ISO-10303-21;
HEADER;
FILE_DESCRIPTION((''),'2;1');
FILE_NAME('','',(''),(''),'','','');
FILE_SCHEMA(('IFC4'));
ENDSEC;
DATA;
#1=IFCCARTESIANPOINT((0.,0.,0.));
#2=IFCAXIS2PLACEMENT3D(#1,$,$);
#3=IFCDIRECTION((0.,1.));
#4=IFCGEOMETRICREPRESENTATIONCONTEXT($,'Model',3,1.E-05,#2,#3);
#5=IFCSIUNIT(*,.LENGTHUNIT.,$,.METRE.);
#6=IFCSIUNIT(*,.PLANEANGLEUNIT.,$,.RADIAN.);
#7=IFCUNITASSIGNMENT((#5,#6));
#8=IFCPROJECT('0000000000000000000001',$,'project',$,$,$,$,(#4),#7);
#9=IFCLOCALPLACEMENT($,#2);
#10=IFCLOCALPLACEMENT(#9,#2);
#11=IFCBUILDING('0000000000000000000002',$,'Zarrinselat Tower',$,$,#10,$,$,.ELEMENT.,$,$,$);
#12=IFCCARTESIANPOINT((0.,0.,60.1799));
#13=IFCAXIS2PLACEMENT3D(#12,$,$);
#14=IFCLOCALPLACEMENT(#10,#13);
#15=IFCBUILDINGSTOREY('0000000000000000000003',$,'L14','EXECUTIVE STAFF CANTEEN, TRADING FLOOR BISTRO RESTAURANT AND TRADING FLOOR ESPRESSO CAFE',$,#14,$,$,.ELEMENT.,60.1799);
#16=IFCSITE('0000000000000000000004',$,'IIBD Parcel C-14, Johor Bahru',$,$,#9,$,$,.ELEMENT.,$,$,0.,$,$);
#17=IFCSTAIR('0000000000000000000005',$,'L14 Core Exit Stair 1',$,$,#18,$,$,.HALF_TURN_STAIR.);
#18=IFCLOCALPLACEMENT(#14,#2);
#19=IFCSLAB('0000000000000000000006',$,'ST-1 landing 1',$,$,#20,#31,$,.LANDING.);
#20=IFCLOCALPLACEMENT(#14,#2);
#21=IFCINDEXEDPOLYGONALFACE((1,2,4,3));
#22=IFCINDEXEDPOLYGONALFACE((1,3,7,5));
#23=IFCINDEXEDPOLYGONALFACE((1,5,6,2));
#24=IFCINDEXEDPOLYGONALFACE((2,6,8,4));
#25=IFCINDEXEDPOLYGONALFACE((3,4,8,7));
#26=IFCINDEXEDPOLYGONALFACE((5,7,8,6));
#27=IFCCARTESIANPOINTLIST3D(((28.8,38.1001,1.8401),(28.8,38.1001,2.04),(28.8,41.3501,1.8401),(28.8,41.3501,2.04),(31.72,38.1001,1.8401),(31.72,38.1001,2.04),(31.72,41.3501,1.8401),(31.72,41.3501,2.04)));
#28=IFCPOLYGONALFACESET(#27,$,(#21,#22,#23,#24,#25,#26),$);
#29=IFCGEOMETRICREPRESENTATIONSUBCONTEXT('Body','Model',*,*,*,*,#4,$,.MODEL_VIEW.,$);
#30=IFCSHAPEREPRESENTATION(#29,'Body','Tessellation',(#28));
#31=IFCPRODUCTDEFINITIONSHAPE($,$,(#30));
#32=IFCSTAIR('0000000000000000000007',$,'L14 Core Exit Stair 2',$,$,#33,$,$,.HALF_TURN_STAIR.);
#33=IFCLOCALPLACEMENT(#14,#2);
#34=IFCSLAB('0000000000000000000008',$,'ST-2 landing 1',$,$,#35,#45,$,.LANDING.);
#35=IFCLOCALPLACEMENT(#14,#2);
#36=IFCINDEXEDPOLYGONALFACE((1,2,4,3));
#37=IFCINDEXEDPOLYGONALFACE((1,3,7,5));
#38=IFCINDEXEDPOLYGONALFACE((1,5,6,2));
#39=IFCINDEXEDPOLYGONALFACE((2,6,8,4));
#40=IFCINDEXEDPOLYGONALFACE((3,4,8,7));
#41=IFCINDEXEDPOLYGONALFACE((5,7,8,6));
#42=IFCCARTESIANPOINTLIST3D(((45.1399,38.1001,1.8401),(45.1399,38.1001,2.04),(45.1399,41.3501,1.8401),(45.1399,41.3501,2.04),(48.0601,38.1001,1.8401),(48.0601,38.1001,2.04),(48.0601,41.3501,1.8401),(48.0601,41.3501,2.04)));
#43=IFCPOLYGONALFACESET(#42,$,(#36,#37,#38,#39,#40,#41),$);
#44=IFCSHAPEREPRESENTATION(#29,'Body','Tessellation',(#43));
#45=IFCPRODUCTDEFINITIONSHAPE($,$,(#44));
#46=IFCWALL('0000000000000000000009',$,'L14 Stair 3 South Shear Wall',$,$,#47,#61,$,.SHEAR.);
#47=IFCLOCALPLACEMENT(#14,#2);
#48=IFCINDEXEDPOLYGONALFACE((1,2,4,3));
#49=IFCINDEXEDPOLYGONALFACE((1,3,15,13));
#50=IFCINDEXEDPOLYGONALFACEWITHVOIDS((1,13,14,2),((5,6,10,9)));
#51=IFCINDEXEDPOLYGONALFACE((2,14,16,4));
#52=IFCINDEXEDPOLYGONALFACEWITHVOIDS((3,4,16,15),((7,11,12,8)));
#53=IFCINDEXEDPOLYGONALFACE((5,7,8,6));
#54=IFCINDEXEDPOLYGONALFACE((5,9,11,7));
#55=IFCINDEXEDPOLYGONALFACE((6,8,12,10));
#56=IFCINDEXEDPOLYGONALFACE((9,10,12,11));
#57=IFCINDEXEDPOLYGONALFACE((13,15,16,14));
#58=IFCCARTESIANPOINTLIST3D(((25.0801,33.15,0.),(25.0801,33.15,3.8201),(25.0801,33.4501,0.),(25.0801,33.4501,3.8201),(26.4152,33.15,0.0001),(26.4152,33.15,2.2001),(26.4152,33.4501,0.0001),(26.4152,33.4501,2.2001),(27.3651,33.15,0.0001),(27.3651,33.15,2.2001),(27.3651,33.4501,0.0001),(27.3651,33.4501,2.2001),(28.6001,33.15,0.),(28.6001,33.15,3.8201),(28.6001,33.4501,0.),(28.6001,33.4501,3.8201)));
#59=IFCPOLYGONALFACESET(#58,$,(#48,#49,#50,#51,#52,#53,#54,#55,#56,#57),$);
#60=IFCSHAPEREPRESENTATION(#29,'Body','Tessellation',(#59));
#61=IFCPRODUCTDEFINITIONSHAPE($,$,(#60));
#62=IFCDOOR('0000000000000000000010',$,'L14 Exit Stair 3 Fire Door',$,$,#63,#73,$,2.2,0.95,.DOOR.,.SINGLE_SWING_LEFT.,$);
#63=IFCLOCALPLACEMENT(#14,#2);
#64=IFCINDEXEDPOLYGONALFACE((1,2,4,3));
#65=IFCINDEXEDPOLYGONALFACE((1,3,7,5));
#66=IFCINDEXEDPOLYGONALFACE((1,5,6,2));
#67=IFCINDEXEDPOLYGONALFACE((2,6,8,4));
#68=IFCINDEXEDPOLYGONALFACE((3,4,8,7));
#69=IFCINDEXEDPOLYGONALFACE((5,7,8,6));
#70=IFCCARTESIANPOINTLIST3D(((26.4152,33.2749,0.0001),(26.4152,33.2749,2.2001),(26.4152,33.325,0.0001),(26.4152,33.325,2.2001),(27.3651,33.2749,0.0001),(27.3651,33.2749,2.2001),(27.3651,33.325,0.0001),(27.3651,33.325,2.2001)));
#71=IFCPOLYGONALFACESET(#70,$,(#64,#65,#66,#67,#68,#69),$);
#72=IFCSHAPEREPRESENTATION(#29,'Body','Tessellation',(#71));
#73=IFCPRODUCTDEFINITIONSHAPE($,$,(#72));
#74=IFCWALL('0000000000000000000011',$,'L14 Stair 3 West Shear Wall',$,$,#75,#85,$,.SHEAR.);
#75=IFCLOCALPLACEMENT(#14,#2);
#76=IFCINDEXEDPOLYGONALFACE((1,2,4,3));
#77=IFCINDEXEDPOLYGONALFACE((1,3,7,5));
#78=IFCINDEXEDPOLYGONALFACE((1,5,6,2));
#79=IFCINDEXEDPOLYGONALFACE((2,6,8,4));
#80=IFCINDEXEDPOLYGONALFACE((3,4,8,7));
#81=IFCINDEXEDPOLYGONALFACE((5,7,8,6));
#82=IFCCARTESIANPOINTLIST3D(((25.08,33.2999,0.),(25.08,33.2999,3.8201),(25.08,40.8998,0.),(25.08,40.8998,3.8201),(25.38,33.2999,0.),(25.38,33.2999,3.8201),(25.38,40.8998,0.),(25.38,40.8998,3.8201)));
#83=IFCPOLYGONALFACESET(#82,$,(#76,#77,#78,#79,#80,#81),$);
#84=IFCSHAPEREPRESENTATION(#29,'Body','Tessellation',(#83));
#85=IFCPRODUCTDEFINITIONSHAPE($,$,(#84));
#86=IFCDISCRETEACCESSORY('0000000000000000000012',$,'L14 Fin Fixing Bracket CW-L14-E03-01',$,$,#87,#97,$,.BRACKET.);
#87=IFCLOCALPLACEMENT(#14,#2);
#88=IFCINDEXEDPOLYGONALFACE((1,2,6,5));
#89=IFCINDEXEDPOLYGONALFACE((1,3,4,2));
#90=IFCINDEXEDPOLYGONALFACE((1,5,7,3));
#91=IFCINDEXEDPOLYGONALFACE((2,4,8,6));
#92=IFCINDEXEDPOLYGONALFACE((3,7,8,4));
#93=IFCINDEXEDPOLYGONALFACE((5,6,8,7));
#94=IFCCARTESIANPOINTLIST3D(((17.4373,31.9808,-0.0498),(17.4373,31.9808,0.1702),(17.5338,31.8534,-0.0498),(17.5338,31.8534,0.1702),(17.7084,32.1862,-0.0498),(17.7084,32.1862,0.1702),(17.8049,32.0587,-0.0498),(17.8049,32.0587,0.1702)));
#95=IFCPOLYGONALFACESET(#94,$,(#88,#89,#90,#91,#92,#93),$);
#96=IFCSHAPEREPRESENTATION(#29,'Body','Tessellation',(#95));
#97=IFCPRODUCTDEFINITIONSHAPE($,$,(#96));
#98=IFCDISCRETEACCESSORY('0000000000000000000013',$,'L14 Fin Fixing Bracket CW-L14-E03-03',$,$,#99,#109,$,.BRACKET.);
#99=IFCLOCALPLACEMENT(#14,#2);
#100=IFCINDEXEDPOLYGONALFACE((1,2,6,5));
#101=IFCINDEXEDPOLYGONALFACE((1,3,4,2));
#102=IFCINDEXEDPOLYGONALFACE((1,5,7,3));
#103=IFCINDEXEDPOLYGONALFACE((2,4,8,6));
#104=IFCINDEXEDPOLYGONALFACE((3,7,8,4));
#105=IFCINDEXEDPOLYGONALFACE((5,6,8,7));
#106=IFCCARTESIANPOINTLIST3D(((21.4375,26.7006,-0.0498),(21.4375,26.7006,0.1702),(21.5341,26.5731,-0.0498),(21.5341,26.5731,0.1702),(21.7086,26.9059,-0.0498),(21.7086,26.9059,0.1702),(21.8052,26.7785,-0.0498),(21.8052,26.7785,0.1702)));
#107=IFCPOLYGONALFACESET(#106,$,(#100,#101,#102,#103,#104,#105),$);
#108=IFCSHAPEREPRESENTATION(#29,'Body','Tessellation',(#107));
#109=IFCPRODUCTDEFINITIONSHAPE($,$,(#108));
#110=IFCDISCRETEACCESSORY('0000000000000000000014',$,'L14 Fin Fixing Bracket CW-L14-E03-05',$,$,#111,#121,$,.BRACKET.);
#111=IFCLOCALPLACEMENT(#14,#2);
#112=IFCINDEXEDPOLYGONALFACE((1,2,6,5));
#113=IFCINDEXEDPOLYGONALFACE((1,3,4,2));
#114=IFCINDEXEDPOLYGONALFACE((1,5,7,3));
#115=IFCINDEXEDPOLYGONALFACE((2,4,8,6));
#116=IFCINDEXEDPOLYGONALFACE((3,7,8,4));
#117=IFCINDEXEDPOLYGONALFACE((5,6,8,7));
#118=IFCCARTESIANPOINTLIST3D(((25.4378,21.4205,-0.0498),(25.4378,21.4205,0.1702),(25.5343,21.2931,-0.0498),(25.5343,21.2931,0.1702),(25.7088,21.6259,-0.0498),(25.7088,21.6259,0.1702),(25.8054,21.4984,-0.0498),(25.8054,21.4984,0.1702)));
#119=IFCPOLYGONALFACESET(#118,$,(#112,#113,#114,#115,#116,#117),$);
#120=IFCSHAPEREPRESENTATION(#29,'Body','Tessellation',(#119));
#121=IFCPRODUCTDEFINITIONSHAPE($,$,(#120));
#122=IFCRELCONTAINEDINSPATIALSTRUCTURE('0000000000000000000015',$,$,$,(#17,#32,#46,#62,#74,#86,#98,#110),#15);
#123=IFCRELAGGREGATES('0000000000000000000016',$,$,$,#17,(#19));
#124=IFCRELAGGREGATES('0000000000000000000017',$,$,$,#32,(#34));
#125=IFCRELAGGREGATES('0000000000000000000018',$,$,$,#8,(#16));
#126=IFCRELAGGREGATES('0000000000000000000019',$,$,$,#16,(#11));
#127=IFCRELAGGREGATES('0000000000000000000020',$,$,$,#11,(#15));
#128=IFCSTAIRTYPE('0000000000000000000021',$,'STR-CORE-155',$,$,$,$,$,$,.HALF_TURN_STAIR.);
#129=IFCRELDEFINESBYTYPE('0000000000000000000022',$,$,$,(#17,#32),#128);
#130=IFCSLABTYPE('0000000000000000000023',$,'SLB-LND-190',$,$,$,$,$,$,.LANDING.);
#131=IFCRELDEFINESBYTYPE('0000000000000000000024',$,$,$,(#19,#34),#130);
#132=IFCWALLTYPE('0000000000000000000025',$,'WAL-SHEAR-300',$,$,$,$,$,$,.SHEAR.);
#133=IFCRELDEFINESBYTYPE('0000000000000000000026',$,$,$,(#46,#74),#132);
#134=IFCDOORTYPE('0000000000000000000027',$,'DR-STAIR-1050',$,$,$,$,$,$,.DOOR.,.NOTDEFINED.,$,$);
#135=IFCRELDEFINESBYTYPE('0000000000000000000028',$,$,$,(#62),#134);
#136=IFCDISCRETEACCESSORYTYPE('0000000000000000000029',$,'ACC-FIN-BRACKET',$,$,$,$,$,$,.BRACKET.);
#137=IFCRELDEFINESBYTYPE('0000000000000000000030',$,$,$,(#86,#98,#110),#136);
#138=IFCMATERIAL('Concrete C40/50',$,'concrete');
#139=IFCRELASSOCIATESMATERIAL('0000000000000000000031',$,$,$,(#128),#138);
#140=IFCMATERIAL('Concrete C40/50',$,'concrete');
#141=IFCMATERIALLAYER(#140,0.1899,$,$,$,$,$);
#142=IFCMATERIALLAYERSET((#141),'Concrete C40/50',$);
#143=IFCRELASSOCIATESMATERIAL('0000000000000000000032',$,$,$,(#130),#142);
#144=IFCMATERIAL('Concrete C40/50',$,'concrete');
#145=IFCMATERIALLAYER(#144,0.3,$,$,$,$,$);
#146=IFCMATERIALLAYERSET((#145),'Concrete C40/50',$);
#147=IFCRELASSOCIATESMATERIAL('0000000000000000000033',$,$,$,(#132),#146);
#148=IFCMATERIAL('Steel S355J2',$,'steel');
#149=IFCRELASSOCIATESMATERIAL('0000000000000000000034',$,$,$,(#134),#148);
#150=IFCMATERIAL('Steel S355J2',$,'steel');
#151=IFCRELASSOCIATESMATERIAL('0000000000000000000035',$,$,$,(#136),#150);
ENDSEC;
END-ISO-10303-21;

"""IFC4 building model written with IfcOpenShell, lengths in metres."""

from ifc_helpers import new_model, si_unit, direction, frame, frame_2d, origin, origin_2d, place, context, subcontext, project, spatial, polyline, rectangle, outline, extrude, material, layer, layer_set, type_object, element, fill, aggregate, save


model = new_model("IFC4")

# Units and contexts
model_context = context("Model", 3, precision=1e-05, world=origin(), true_north=direction((0.0, 1.0)))
body_context = subcontext(model_context, "Body", "Model", "MODEL_VIEW")
ifc_project = project(units=[si_unit("LENGTHUNIT", "METRE"), si_unit("PLANEANGLEUNIT", "RADIAN")], contexts=[model_context])

# Site, building, storey
site_placement = place(None, origin())
site = spatial("IfcSite", under=ifc_project, at=site_placement, Name="IIBD Parcel C-14, Johor Bahru", CompositionType="ELEMENT", RefElevation=0.0)
building_placement = place(site_placement, origin())
building = spatial("IfcBuilding", under=site, at=building_placement, Name="Zarrinselat Tower", CompositionType="ELEMENT")
storey_placement = place(building_placement, frame((0.0, 0.0, 60.1799)))
storey = spatial("IfcBuildingStorey", under=building, at=storey_placement, Name="L14", Description="EXECUTIVE STAFF CANTEEN, TRADING FLOOR BISTRO RESTAURANT AND TRADING FLOOR ESPRESSO CAFE", CompositionType="ELEMENT", Elevation=60.1799)

# Stairs, slabs
ifc_material_1 = material(Name="Concrete C40/50", Category="concrete")
stair_type_1 = type_object("IfcStairType", Name="STR-CORE-155", PredefinedType="HALF_TURN_STAIR", material=ifc_material_1)
stair_1_placement = place(storey_placement, origin())
stair_1 = element("IfcStair", 1, at=stair_1_placement, inside=storey, type_object=stair_type_1, Name="L14 Core Exit Stair 1", PredefinedType="HALF_TURN_STAIR")
ifc_material_2 = material(Name="Concrete C40/50", Category="concrete")
ifc_layer_1 = layer(ifc_material_2, 0.1899)
ifc_layer_set_1 = layer_set([ifc_layer_1], Name="Concrete C40/50")
slab_type_1 = type_object("IfcSlabType", Name="SLB-LND-190", PredefinedType="LANDING", material=ifc_layer_set_1)
slab_1_placement = place(storey_placement, frame((0.0, 0.0, 1.8401)))
slab_1 = element("IfcSlab", 2, at=slab_1_placement, type_object=slab_type_1, Name="ST-1 landing 1", PredefinedType="LANDING", context=body_context, shape_type="SweptSolid", body=[
    extrude(outline(polyline([(31.72, 38.1001), (31.72, 41.3501), (28.8, 41.3501), (28.8, 38.1001), (31.72, 38.1001)])), origin(), (0.0, 0.0, 1.0), 0.2),
])
aggregate(stair_1, [slab_1])
stair_2_placement = place(storey_placement, origin())
stair_2 = element("IfcStair", 3, at=stair_2_placement, inside=storey, type_object=stair_type_1, Name="L14 Core Exit Stair 2", PredefinedType="HALF_TURN_STAIR")
slab_2_placement = place(storey_placement, frame((0.0, 0.0, 1.8401)))
slab_2 = element("IfcSlab", 4, at=slab_2_placement, type_object=slab_type_1, Name="ST-2 landing 1", PredefinedType="LANDING", context=body_context, shape_type="SweptSolid", body=[
    extrude(outline(polyline([(48.0601, 38.1001), (48.0601, 41.3501), (45.1399, 41.3501), (45.1399, 38.1001), (48.0601, 38.1001)])), origin(), (0.0, 0.0, 1.0), 0.2),
])
aggregate(stair_2, [slab_2])

# Wall, opening, door
ifc_material_3 = material(Name="Concrete C40/50", Category="concrete")
ifc_layer_2 = layer(ifc_material_3, 0.3)
ifc_layer_set_2 = layer_set([ifc_layer_2], Name="Concrete C40/50")
wall_type = type_object("IfcWallType", Name="WAL-SHEAR-300", PredefinedType="SHEAR", material=ifc_layer_set_2)
wall_1_placement = place(storey_placement, frame((25.0801, 33.3, 0.0), z_axis=(0.0, 0.0, 1.0), x_axis=(1.0, 0.0, 0.0)))
wall_1 = element("IfcWall", 5, at=wall_1_placement, inside=storey, type_object=wall_type, Name="L14 Stair 3 South Shear Wall", PredefinedType="SHEAR", context=body_context, shape_type="SweptSolid", body=[
    extrude(rectangle(XDim=3.52, YDim=0.3, at=frame_2d((1.76, 0.0))), origin(), (0.0, 0.0, 1.0), 3.8201),
])
opening_placement = place(wall_1_placement, frame((1.335, 0.0, 0.0)))
opening = element("IfcOpeningElement", 6, at=opening_placement, cuts=wall_1, PredefinedType="OPENING", context=body_context, shape_type="SweptSolid", body=[
    extrude(rectangle(XDim=0.95, YDim=2.2, at=frame_2d((0.4751, 1.1001))), frame((0.0, 0.1599, 0.0), z_axis=(0.0, -1.0, 0.0), x_axis=(1.0, 0.0, 0.0)), (0.0, 0.0, 1.0), 0.3201),
])
ifc_material_4 = material(Name="Steel S355J2", Category="steel")
door_type = type_object("IfcDoorType", Name="DR-STAIR-1050", OperationType="NOTDEFINED", PredefinedType="DOOR", material=ifc_material_4)
door_placement = place(opening_placement, origin())
door = element("IfcDoor", 7, at=door_placement, inside=storey, type_object=door_type, Name="L14 Exit Stair 3 Fire Door", OperationType="SINGLE_SWING_LEFT", OverallHeight=2.2, OverallWidth=0.95, PredefinedType="DOOR", context=body_context, shape_type="SweptSolid", body=[
    extrude(rectangle(XDim=0.95, YDim=2.2, at=frame_2d((0.4751, 1.1001))), frame((0.0, 0.0249, 0.0), z_axis=(0.0, -1.0, 0.0), x_axis=(1.0, 0.0, 0.0)), (0.0, 0.0, 1.0), 0.05),
])
fill(opening, door)

# Wall
wall_2_placement = place(storey_placement, frame((25.23, 33.3, 0.0), z_axis=(0.0, 0.0, 1.0), x_axis=(0.0, 1.0, 0.0)))
element("IfcWall", 8, at=wall_2_placement, inside=storey, type_object=wall_type, Name="L14 Stair 3 West Shear Wall", PredefinedType="SHEAR", context=body_context, shape_type="SweptSolid", body=[
    extrude(rectangle(XDim=7.5999, YDim=0.3, at=frame_2d((3.7998, 0.0))), origin(), (0.0, 0.0, 1.0), 3.8201),
])

# Discrete accessories
ifc_material_5 = material(Name="Steel S355J2", Category="steel")
discrete_accessory_type = type_object("IfcDiscreteAccessoryType", Name="ACC-FIN-BRACKET", PredefinedType="BRACKET", material=ifc_material_5)
for number, where, z_axis, x_axis, name in (
    (9, (17.6211, 32.0198, -0.0498), (0.0, 0.0, 1.0), (-0.797089, -0.603862, 0.0), "L14 Fin Fixing Bracket CW-L14-E03-01"),
    (10, (21.6213, 26.7395, -0.0498), (0.0, 0.0, 1.0), (-0.797089, -0.603862, 0.0), "L14 Fin Fixing Bracket CW-L14-E03-03"),
    (11, (25.6216, 21.4595, -0.0498), (0.0, 0.0, 1.0), (-0.797089, -0.603862, 0.0), "L14 Fin Fixing Bracket CW-L14-E03-05"),
):
    element("IfcDiscreteAccessory", number, at=place(storey_placement, frame(where, z_axis=z_axis, x_axis=x_axis)), inside=storey, type_object=discrete_accessory_type, Name=name, PredefinedType="BRACKET", context=body_context, shape_type="SweptSolid", body=[
        extrude(rectangle(XDim=0.3401, YDim=0.1599, at=origin_2d()), origin(), (0.0, 0.0, 1.0), 0.22),
    ])

save(model, "model.ifc")
